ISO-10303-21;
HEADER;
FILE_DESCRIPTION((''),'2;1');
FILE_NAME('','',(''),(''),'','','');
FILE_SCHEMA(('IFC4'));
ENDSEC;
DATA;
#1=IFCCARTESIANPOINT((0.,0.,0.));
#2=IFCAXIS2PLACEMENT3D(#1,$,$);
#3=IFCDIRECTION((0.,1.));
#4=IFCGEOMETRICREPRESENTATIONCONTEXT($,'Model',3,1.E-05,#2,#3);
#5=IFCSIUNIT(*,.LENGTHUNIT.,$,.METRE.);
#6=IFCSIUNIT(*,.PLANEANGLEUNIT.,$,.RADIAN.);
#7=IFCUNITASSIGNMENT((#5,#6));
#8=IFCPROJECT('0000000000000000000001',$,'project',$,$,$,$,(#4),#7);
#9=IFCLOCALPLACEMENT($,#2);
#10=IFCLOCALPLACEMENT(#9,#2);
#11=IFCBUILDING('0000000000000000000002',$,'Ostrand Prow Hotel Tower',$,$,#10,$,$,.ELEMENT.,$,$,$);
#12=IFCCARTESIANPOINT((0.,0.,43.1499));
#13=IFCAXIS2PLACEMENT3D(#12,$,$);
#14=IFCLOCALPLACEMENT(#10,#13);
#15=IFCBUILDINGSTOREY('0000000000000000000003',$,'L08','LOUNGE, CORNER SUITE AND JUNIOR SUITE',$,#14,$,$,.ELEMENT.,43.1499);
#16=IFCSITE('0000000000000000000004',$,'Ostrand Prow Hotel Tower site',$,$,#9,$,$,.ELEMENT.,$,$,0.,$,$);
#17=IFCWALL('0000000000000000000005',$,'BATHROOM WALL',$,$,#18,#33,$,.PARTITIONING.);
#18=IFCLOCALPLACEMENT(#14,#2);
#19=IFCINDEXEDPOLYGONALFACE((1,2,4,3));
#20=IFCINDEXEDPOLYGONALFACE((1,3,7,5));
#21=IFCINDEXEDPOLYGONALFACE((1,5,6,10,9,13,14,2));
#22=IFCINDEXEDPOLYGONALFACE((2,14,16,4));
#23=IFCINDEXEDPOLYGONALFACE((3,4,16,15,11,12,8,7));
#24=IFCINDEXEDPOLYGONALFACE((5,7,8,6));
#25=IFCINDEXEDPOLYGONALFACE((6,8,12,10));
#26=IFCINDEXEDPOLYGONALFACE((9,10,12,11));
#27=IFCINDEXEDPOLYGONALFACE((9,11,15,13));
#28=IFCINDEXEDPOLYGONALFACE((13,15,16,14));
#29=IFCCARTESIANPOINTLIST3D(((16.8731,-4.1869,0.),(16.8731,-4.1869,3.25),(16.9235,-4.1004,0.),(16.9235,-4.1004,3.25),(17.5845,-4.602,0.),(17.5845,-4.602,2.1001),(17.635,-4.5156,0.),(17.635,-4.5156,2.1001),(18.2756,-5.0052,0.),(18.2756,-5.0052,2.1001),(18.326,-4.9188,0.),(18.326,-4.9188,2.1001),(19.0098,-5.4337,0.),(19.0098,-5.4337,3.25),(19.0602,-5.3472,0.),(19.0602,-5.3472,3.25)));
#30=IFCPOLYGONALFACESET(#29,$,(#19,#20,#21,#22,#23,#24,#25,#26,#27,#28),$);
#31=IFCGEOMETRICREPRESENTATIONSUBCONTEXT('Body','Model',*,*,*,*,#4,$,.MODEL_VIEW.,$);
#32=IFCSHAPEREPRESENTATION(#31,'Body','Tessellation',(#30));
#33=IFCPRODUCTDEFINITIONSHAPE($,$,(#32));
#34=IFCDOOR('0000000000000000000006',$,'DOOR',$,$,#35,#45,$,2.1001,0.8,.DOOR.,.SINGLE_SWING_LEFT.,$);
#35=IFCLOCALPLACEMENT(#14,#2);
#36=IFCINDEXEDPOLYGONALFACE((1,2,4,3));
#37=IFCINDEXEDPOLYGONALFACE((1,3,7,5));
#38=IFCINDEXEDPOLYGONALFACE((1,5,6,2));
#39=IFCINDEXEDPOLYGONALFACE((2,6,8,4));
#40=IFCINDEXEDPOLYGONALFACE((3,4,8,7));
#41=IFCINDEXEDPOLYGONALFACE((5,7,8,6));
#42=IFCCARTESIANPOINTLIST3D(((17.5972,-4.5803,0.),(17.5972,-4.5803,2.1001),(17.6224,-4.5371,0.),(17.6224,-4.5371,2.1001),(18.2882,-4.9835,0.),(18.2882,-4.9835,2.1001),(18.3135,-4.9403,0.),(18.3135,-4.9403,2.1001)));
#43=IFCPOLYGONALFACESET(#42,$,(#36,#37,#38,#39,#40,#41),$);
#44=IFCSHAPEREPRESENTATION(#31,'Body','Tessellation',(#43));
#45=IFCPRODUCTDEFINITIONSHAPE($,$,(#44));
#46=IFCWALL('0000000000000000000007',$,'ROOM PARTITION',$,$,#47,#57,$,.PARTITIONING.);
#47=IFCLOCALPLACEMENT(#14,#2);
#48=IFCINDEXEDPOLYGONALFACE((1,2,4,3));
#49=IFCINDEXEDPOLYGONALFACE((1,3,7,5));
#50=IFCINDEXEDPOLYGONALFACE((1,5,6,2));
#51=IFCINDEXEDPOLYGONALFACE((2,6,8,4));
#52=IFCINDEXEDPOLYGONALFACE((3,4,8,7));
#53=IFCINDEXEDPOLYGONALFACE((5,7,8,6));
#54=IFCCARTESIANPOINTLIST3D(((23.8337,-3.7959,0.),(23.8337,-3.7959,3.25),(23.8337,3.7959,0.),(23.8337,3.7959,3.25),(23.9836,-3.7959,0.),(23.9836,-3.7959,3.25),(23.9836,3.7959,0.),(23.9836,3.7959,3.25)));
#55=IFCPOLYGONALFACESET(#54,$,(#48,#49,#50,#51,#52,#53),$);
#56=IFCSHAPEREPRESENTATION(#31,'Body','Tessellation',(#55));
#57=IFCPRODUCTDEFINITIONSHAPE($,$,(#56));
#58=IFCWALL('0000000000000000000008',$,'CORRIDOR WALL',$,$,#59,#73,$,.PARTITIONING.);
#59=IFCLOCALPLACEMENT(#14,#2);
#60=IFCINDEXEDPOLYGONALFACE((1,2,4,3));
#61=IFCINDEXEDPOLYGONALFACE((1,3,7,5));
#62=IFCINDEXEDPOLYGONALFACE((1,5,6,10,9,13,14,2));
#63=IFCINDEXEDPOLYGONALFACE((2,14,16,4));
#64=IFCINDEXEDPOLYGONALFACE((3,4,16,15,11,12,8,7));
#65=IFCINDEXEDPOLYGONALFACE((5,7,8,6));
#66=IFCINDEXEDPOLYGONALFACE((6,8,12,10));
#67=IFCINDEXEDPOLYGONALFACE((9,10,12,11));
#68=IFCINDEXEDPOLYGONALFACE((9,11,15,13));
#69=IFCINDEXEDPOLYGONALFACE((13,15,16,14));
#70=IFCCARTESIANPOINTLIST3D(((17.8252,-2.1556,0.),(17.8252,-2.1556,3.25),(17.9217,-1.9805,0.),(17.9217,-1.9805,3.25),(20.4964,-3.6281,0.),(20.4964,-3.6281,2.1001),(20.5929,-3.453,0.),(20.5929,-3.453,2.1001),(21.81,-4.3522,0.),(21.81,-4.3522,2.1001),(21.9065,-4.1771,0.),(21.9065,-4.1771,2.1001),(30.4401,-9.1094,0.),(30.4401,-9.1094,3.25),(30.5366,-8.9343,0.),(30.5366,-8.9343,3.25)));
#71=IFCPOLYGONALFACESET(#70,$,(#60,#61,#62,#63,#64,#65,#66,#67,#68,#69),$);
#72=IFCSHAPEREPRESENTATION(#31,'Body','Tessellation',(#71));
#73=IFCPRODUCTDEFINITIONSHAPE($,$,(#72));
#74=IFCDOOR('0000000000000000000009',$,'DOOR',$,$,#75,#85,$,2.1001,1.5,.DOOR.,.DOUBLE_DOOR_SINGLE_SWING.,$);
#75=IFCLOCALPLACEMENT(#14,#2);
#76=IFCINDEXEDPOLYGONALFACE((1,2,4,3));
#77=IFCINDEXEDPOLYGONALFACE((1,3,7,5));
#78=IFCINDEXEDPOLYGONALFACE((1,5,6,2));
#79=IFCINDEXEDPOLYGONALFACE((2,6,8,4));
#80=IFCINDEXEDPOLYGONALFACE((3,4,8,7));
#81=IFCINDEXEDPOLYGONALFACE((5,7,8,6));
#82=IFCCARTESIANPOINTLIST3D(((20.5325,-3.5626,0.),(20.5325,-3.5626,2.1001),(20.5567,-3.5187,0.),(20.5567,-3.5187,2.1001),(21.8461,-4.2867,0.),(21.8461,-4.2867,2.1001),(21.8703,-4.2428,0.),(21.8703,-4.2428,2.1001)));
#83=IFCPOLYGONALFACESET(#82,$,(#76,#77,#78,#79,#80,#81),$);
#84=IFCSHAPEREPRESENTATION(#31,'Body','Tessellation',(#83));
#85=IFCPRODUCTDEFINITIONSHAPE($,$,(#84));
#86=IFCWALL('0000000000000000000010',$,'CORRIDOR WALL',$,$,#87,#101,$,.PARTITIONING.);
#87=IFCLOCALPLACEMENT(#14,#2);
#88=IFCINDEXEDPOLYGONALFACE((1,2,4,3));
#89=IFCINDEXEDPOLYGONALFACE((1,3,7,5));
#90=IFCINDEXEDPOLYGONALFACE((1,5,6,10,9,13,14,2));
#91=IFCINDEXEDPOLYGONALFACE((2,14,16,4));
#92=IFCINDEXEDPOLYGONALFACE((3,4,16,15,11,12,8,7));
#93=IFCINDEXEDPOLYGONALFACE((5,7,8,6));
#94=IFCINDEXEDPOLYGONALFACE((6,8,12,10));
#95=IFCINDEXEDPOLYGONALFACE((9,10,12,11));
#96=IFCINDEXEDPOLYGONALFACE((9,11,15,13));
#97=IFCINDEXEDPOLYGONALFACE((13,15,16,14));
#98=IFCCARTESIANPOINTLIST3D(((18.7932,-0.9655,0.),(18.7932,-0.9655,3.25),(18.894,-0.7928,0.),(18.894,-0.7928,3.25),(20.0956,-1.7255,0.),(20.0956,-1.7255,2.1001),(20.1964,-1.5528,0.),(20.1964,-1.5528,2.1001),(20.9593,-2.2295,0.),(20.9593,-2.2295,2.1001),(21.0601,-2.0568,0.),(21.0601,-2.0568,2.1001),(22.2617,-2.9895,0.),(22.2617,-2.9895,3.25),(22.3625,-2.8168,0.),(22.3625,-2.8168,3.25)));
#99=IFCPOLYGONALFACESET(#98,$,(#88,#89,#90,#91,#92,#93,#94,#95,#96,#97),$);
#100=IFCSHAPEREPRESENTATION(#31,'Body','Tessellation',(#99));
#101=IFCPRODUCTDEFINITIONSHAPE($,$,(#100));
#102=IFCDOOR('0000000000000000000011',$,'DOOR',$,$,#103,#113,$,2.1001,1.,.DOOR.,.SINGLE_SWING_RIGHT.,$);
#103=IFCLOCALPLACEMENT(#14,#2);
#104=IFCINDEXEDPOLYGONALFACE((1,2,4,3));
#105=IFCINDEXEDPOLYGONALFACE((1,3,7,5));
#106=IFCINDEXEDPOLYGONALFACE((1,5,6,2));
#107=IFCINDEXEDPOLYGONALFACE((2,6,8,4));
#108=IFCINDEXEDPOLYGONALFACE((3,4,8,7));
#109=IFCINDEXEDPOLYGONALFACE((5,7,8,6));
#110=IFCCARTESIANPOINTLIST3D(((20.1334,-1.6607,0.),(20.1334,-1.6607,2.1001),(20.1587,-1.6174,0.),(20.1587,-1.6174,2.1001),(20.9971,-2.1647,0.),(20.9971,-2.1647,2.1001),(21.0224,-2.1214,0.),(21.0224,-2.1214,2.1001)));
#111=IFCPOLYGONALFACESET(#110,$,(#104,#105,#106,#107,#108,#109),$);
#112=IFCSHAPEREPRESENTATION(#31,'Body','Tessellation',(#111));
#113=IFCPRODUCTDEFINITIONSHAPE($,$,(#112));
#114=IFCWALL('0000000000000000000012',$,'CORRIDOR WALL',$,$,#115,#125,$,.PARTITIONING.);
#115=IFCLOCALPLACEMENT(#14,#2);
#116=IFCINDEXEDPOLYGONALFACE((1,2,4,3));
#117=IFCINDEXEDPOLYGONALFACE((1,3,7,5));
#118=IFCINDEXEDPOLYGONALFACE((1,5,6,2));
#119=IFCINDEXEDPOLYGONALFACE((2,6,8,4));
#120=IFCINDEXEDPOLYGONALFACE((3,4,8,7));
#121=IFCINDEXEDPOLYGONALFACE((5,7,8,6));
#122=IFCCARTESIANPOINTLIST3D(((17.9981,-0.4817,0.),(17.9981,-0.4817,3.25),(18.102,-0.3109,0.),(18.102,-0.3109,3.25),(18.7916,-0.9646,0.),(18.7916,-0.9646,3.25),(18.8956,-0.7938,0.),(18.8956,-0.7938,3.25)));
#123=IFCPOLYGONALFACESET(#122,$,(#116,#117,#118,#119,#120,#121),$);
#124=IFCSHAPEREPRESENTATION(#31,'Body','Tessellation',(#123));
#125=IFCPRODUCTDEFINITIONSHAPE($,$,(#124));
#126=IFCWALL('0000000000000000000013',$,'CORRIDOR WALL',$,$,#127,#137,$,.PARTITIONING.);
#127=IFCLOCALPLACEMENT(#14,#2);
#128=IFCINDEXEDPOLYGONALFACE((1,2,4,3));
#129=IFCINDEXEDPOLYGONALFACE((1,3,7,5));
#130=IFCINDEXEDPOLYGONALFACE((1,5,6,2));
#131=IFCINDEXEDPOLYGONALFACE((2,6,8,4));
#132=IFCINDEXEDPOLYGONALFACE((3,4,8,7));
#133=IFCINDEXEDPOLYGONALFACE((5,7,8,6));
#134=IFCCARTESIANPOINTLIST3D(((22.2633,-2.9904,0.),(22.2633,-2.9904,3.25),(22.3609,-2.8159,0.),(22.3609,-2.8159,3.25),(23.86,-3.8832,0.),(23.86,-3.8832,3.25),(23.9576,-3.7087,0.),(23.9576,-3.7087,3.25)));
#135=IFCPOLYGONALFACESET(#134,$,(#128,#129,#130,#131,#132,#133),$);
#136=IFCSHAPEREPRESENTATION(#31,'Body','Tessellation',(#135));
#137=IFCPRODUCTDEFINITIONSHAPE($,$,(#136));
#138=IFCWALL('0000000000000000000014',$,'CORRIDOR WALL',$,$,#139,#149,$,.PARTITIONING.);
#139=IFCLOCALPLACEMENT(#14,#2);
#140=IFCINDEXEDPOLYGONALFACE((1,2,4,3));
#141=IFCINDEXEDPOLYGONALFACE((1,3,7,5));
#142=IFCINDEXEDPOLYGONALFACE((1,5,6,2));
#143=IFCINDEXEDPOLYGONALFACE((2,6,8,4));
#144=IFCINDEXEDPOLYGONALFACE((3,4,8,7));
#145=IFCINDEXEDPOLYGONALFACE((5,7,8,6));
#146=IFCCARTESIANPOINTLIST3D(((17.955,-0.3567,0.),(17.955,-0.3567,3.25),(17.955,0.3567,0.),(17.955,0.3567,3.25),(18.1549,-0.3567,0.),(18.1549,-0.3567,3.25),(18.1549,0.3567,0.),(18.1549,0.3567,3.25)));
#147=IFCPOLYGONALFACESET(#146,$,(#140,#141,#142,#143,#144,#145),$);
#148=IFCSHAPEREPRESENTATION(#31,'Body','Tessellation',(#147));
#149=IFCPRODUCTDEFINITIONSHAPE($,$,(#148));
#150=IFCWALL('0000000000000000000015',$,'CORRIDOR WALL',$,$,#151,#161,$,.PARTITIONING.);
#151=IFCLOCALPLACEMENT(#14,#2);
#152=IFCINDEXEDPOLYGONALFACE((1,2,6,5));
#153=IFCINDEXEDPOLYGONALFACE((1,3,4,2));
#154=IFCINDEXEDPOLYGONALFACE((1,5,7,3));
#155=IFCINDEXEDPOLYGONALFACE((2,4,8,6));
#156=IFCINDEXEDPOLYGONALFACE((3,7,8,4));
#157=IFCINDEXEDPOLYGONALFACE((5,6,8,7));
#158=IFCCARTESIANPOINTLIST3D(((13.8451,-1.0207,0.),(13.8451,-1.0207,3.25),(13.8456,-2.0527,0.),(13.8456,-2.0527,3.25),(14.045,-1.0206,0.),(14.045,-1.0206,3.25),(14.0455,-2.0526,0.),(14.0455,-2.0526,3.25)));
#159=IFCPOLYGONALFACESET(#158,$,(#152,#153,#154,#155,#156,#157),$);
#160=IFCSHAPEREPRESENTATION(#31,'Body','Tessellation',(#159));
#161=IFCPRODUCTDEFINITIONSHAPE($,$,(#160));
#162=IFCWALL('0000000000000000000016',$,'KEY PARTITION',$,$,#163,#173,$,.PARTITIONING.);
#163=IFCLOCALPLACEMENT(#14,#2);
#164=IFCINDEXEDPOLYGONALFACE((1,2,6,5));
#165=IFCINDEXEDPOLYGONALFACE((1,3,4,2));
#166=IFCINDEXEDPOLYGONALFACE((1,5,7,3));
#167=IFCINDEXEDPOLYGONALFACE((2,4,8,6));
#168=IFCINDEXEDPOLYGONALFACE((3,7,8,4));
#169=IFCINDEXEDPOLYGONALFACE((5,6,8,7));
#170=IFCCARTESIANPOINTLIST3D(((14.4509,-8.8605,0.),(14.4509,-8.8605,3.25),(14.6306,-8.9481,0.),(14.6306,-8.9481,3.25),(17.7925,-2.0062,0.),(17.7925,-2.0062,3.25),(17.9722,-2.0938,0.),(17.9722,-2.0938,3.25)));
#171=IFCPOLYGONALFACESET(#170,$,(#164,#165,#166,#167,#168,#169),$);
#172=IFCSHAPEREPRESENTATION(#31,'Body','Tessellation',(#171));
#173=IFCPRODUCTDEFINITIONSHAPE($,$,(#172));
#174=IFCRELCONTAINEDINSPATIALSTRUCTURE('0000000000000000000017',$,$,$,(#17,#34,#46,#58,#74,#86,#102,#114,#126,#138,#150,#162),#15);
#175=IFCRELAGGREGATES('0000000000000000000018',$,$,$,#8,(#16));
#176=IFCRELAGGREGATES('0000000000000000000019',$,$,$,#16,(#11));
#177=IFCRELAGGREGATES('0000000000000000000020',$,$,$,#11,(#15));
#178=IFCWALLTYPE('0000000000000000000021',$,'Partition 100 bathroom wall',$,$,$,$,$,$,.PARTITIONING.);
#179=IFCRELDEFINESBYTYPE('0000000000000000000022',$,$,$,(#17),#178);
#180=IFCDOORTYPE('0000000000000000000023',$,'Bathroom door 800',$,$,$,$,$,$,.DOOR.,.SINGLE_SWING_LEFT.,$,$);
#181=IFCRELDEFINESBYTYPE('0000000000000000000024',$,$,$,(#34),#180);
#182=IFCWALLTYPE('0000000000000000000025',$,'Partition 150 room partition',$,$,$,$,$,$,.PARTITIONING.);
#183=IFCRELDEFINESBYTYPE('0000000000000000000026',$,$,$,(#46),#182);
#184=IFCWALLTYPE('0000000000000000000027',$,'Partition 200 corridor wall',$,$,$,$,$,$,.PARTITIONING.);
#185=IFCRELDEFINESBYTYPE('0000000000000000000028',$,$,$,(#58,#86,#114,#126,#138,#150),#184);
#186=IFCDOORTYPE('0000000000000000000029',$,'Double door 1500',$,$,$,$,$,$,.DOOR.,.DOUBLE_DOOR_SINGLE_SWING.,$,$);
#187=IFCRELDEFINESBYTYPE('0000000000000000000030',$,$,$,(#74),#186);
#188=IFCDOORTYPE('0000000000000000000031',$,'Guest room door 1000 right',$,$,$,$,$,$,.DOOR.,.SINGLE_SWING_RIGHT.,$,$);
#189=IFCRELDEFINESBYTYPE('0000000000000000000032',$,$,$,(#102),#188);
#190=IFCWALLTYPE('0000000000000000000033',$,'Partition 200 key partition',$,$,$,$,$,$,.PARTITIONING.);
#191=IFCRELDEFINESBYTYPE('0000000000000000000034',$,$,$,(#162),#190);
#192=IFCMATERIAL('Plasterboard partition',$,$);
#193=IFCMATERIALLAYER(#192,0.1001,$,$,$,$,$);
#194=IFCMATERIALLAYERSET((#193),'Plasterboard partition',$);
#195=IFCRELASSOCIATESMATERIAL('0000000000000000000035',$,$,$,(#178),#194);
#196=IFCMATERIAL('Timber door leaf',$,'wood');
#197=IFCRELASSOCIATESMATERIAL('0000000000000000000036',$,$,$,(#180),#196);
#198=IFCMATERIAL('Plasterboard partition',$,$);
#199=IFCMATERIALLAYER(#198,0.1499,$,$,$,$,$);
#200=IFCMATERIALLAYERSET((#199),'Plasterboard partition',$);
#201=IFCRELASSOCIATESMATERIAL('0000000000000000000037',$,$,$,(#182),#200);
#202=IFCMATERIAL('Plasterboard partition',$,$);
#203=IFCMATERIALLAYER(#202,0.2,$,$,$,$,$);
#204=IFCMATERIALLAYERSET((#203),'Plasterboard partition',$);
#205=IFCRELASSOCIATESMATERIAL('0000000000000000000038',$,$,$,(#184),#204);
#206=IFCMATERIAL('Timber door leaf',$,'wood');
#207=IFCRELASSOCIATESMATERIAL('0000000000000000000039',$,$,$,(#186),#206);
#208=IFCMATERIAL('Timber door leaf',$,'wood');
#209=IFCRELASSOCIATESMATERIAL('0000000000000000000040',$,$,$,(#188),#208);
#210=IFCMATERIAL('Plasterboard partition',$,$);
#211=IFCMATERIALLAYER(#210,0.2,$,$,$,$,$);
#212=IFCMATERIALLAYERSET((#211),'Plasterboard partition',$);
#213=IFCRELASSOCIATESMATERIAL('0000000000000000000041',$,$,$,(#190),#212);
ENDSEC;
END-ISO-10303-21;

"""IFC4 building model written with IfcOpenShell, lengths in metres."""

from ifc_helpers import new_model, si_unit, direction, frame, frame_2d, origin, place, context, subcontext, project, spatial, rectangle, extrude, material, layer, layer_set, type_object, element, fill, save


model = new_model("IFC4")

# Units and contexts
model_context = context("Model", 3, precision=1e-05, world=origin(), true_north=direction((0.0, 1.0)))
body_context = subcontext(model_context, "Body", "Model", "MODEL_VIEW")
ifc_project = project(units=[si_unit("LENGTHUNIT", "METRE"), si_unit("PLANEANGLEUNIT", "RADIAN")], contexts=[model_context])

# Site, building, storey
site_placement = place(None, origin())
site = spatial("IfcSite", under=ifc_project, at=site_placement, Name="Ostrand Prow Hotel Tower site", CompositionType="ELEMENT", RefElevation=0.0)
building_placement = place(site_placement, origin())
building = spatial("IfcBuilding", under=site, at=building_placement, Name="Ostrand Prow Hotel Tower", CompositionType="ELEMENT")
storey_placement = place(building_placement, frame((0.0, 0.0, 43.1499)))
storey = spatial("IfcBuildingStorey", under=building, at=storey_placement, Name="L08", Description="LOUNGE, CORNER SUITE AND JUNIOR SUITE", CompositionType="ELEMENT", Elevation=43.1499)

# Shared definitions
ifc_material_1 = material(Name="Plasterboard partition")
ifc_layer_1 = layer(ifc_material_1, 0.1001)
ifc_layer_set_1 = layer_set([ifc_layer_1], Name="Plasterboard partition")
wall_type_1 = type_object("IfcWallType", Name="Partition 100 bathroom wall", PredefinedType="PARTITIONING", material=ifc_layer_set_1)

# Wall, opening, door
wall_1_placement = place(storey_placement, frame((19.0349, -5.3904, 0.0), z_axis=(0.0, 0.0, 1.0), x_axis=(-0.863707, 0.503994, 0.0)))
wall_1 = element("IfcWall", 1, at=wall_1_placement, inside=storey, type_object=wall_type_1, Name="BATHROOM WALL", PredefinedType="PARTITIONING", context=body_context, shape_type="SweptSolid", body=[
    extrude(rectangle(XDim=2.4739, YDim=0.1001, at=frame_2d((1.2368, 0.0))), origin(), (0.0, 0.0, 1.0), 3.25),
])
opening_1_placement = place(wall_1_placement, frame((0.8501, 0.0, 0.0)))
opening_1 = element("IfcOpeningElement", 2, at=opening_1_placement, cuts=wall_1, PredefinedType="OPENING", context=body_context, shape_type="SweptSolid", body=[
    extrude(rectangle(XDim=0.8, YDim=2.1001, at=frame_2d((0.3999, 1.05))), frame((0.0, 0.0601, 0.0), z_axis=(0.0, -1.0, 0.0), x_axis=(1.0, 0.0, 0.0)), (0.0, 0.0, 1.0), 0.1201),
])
ifc_material_2 = material(Name="Timber door leaf", Category="wood")
door_type_1 = type_object("IfcDoorType", Name="Bathroom door 800", OperationType="SINGLE_SWING_LEFT", PredefinedType="DOOR", material=ifc_material_2)
door_1_placement = place(opening_1_placement, origin())
door_1 = element("IfcDoor", 3, at=door_1_placement, inside=storey, type_object=door_type_1, Name="DOOR", OperationType="SINGLE_SWING_LEFT", OverallHeight=2.1001, OverallWidth=0.8, PredefinedType="DOOR", context=body_context, shape_type="SweptSolid", body=[
    extrude(rectangle(XDim=0.8, YDim=2.1001, at=frame_2d((0.3999, 1.05))), frame((0.0, 0.0249, 0.0), z_axis=(0.0, -1.0, 0.0), x_axis=(1.0, 0.0, 0.0)), (0.0, 0.0, 1.0), 0.05),
])
fill(opening_1, door_1)

# Wall
ifc_material_3 = material(Name="Plasterboard partition")
ifc_layer_2 = layer(ifc_material_3, 0.1499)
ifc_layer_set_2 = layer_set([ifc_layer_2], Name="Plasterboard partition")
wall_type_2 = type_object("IfcWallType", Name="Partition 150 room partition", PredefinedType="PARTITIONING", material=ifc_layer_set_2)
wall_2_placement = place(storey_placement, frame((23.9087, -3.7959, 0.0), z_axis=(0.0, 0.0, 1.0), x_axis=(0.0, 1.0, 0.0)))
element("IfcWall", 4, at=wall_2_placement, inside=storey, type_object=wall_type_2, Name="ROOM PARTITION", PredefinedType="PARTITIONING", context=body_context, shape_type="SweptSolid", body=[
    extrude(rectangle(XDim=7.5918, YDim=0.1499, at=frame_2d((3.7959, 0.0))), origin(), (0.0, 0.0, 1.0), 3.25),
])

# Walls, openings, doors
ifc_material_4 = material(Name="Plasterboard partition")
ifc_layer_3 = layer(ifc_material_4, 0.2)
ifc_layer_set_3 = layer_set([ifc_layer_3], Name="Plasterboard partition")
wall_type_3 = type_object("IfcWallType", Name="Partition 200 corridor wall", PredefinedType="PARTITIONING", material=ifc_layer_set_3)
wall_3_placement = place(storey_placement, frame((17.8735, -2.0681, 0.0), z_axis=(0.0, 0.0, 1.0), x_axis=(0.875758, -0.482751, 0.0)))
wall_3 = element("IfcWall", 5, at=wall_3_placement, inside=storey, type_object=wall_type_3, Name="CORRIDOR WALL", PredefinedType="PARTITIONING", context=body_context, shape_type="SweptSolid", body=[
    extrude(rectangle(XDim=14.4045, YDim=0.2, at=frame_2d((7.2021, 0.0))), origin(), (0.0, 0.0, 1.0), 3.25),
])
opening_2_placement = place(wall_3_placement, frame((3.05, 0.0, 0.0)))
opening_2 = element("IfcOpeningElement", 6, at=opening_2_placement, cuts=wall_3, PredefinedType="OPENING", context=body_context, shape_type="SweptSolid", body=[
    extrude(rectangle(XDim=1.5, YDim=2.1001, at=frame_2d((0.75, 1.05))), frame((0.0, 0.1099, 0.0), z_axis=(0.0, -1.0, 0.0), x_axis=(1.0, 0.0, 0.0)), (0.0, 0.0, 1.0), 0.22),
])
ifc_material_5 = material(Name="Timber door leaf", Category="wood")
door_type_2 = type_object("IfcDoorType", Name="Double door 1500", OperationType="DOUBLE_DOOR_SINGLE_SWING", PredefinedType="DOOR", material=ifc_material_5)
door_2_placement = place(opening_2_placement, origin())
door_2 = element("IfcDoor", 7, at=door_2_placement, inside=storey, type_object=door_type_2, Name="DOOR", OperationType="DOUBLE_DOOR_SINGLE_SWING", OverallHeight=2.1001, OverallWidth=1.5, PredefinedType="DOOR", context=body_context, shape_type="SweptSolid", body=[
    extrude(rectangle(XDim=1.5, YDim=2.1001, at=frame_2d((0.75, 1.05))), frame((0.0, 0.0249, 0.0), z_axis=(0.0, -1.0, 0.0), x_axis=(1.0, 0.0, 0.0)), (0.0, 0.0, 1.0), 0.05),
])
fill(opening_2, door_2)
wall_4_placement = place(storey_placement, frame((22.312, -2.9031, 0.0), z_axis=(0.0, 0.0, 1.0), x_axis=(-0.863711, 0.503988, 0.0)))
wall_4 = element("IfcWall", 8, at=wall_4_placement, inside=storey, type_object=wall_type_3, Name="CORRIDOR WALL", PredefinedType="PARTITIONING", context=body_context, shape_type="SweptSolid", body=[
    extrude(rectangle(XDim=4.0159, YDim=0.2, at=frame_2d((2.0078, 0.0))), origin(), (0.0, 0.0, 1.0), 3.25),
])
opening_3_placement = place(wall_4_placement, frame((1.5078, 0.0, 0.0)))
opening_3 = element("IfcOpeningElement", 9, at=opening_3_placement, cuts=wall_4, PredefinedType="OPENING", context=body_context, shape_type="SweptSolid", body=[
    extrude(rectangle(XDim=1.0, YDim=2.1001, at=frame_2d((0.5, 1.05))), frame((0.0, 0.1099, 0.0), z_axis=(0.0, -1.0, 0.0), x_axis=(1.0, 0.0, 0.0)), (0.0, 0.0, 1.0), 0.22),
])
ifc_material_6 = material(Name="Timber door leaf", Category="wood")
door_type_3 = type_object("IfcDoorType", Name="Guest room door 1000 right", OperationType="SINGLE_SWING_RIGHT", PredefinedType="DOOR", material=ifc_material_6)
door_3_placement = place(opening_3_placement, origin())
door_3 = element("IfcDoor", 10, at=door_3_placement, inside=storey, type_object=door_type_3, Name="DOOR", OperationType="SINGLE_SWING_RIGHT", OverallHeight=2.1001, OverallWidth=1.0, PredefinedType="DOOR", context=body_context, shape_type="SweptSolid", body=[
    extrude(rectangle(XDim=1.0, YDim=2.1001, at=frame_2d((0.5, 1.05))), frame((0.0, 0.0249, 0.0), z_axis=(0.0, -1.0, 0.0), x_axis=(1.0, 0.0, 0.0)), (0.0, 0.0, 1.0), 0.05),
])
fill(opening_3, door_3)

# Walls
wall_5_placement = place(storey_placement, frame((18.8435, -0.8792, 0.0), z_axis=(0.0, 0.0, 1.0), x_axis=(-0.854229, 0.519897, 0.0)))
element("IfcWall", 11, at=wall_5_placement, inside=storey, type_object=wall_type_3, Name="CORRIDOR WALL", PredefinedType="PARTITIONING", context=body_context, shape_type="SweptSolid", body=[
    extrude(rectangle(XDim=0.929, YDim=0.2, at=frame_2d((0.4644, 0.0))), origin(), (0.0, 0.0, 1.0), 3.25),
])
wall_6_placement = place(storey_placement, frame((23.9087, -3.7959, 0.0), z_axis=(0.0, 0.0, 1.0), x_axis=(-0.872813, 0.488055, 0.0)))
element("IfcWall", 12, at=wall_6_placement, inside=storey, type_object=wall_type_3, Name="CORRIDOR WALL", PredefinedType="PARTITIONING", context=body_context, shape_type="SweptSolid", body=[
    extrude(rectangle(XDim=1.8293, YDim=0.2, at=frame_2d((0.9146, 0.0))), origin(), (0.0, 0.0, 1.0), 3.25),
])
wall_7_placement = place(storey_placement, frame((18.0549, -0.3567, 0.0), z_axis=(0.0, 0.0, 1.0), x_axis=(0.0, 1.0, 0.0)))
element("IfcWall", 13, at=wall_7_placement, inside=storey, type_object=wall_type_3, Name="CORRIDOR WALL", PredefinedType="PARTITIONING", context=body_context, shape_type="SweptSolid", body=[
    extrude(rectangle(XDim=0.7134, YDim=0.2, at=frame_2d((0.3567, 0.0))), origin(), (0.0, 0.0, 1.0), 3.25),
])
wall_8_placement = place(storey_placement, frame((13.9451, -1.0205, 0.0), z_axis=(0.0, 0.0, 1.0), x_axis=(0.000473, -1.0, 0.0)))
element("IfcWall", 14, at=wall_8_placement, inside=storey, type_object=wall_type_3, Name="CORRIDOR WALL", PredefinedType="PARTITIONING", context=body_context, shape_type="SweptSolid", body=[
    extrude(rectangle(XDim=1.032, YDim=0.2, at=frame_2d((0.5161, 0.0))), origin(), (0.0, 0.0, 1.0), 3.25),
])
ifc_material_7 = material(Name="Plasterboard partition")
ifc_layer_4 = layer(ifc_material_7, 0.2)
ifc_layer_set_4 = layer_set([ifc_layer_4], Name="Plasterboard partition")
wall_type_4 = type_object("IfcWallType", Name="Partition 200 key partition", PredefinedType="PARTITIONING", material=ifc_layer_set_4)
wall_9_placement = place(storey_placement, frame((14.5408, -8.9043, 0.0), z_axis=(0.0, 0.0, 1.0), x_axis=(0.438214, 0.898871, 0.0)))
element("IfcWall", 15, at=wall_9_placement, inside=storey, type_object=wall_type_4, Name="KEY PARTITION", PredefinedType="PARTITIONING", context=body_context, shape_type="SweptSolid", body=[
    extrude(rectangle(XDim=7.6255, YDim=0.2, at=frame_2d((3.8127, 0.0))), origin(), (0.0, 0.0, 1.0), 3.25),
])

save(model, "model.ifc")
